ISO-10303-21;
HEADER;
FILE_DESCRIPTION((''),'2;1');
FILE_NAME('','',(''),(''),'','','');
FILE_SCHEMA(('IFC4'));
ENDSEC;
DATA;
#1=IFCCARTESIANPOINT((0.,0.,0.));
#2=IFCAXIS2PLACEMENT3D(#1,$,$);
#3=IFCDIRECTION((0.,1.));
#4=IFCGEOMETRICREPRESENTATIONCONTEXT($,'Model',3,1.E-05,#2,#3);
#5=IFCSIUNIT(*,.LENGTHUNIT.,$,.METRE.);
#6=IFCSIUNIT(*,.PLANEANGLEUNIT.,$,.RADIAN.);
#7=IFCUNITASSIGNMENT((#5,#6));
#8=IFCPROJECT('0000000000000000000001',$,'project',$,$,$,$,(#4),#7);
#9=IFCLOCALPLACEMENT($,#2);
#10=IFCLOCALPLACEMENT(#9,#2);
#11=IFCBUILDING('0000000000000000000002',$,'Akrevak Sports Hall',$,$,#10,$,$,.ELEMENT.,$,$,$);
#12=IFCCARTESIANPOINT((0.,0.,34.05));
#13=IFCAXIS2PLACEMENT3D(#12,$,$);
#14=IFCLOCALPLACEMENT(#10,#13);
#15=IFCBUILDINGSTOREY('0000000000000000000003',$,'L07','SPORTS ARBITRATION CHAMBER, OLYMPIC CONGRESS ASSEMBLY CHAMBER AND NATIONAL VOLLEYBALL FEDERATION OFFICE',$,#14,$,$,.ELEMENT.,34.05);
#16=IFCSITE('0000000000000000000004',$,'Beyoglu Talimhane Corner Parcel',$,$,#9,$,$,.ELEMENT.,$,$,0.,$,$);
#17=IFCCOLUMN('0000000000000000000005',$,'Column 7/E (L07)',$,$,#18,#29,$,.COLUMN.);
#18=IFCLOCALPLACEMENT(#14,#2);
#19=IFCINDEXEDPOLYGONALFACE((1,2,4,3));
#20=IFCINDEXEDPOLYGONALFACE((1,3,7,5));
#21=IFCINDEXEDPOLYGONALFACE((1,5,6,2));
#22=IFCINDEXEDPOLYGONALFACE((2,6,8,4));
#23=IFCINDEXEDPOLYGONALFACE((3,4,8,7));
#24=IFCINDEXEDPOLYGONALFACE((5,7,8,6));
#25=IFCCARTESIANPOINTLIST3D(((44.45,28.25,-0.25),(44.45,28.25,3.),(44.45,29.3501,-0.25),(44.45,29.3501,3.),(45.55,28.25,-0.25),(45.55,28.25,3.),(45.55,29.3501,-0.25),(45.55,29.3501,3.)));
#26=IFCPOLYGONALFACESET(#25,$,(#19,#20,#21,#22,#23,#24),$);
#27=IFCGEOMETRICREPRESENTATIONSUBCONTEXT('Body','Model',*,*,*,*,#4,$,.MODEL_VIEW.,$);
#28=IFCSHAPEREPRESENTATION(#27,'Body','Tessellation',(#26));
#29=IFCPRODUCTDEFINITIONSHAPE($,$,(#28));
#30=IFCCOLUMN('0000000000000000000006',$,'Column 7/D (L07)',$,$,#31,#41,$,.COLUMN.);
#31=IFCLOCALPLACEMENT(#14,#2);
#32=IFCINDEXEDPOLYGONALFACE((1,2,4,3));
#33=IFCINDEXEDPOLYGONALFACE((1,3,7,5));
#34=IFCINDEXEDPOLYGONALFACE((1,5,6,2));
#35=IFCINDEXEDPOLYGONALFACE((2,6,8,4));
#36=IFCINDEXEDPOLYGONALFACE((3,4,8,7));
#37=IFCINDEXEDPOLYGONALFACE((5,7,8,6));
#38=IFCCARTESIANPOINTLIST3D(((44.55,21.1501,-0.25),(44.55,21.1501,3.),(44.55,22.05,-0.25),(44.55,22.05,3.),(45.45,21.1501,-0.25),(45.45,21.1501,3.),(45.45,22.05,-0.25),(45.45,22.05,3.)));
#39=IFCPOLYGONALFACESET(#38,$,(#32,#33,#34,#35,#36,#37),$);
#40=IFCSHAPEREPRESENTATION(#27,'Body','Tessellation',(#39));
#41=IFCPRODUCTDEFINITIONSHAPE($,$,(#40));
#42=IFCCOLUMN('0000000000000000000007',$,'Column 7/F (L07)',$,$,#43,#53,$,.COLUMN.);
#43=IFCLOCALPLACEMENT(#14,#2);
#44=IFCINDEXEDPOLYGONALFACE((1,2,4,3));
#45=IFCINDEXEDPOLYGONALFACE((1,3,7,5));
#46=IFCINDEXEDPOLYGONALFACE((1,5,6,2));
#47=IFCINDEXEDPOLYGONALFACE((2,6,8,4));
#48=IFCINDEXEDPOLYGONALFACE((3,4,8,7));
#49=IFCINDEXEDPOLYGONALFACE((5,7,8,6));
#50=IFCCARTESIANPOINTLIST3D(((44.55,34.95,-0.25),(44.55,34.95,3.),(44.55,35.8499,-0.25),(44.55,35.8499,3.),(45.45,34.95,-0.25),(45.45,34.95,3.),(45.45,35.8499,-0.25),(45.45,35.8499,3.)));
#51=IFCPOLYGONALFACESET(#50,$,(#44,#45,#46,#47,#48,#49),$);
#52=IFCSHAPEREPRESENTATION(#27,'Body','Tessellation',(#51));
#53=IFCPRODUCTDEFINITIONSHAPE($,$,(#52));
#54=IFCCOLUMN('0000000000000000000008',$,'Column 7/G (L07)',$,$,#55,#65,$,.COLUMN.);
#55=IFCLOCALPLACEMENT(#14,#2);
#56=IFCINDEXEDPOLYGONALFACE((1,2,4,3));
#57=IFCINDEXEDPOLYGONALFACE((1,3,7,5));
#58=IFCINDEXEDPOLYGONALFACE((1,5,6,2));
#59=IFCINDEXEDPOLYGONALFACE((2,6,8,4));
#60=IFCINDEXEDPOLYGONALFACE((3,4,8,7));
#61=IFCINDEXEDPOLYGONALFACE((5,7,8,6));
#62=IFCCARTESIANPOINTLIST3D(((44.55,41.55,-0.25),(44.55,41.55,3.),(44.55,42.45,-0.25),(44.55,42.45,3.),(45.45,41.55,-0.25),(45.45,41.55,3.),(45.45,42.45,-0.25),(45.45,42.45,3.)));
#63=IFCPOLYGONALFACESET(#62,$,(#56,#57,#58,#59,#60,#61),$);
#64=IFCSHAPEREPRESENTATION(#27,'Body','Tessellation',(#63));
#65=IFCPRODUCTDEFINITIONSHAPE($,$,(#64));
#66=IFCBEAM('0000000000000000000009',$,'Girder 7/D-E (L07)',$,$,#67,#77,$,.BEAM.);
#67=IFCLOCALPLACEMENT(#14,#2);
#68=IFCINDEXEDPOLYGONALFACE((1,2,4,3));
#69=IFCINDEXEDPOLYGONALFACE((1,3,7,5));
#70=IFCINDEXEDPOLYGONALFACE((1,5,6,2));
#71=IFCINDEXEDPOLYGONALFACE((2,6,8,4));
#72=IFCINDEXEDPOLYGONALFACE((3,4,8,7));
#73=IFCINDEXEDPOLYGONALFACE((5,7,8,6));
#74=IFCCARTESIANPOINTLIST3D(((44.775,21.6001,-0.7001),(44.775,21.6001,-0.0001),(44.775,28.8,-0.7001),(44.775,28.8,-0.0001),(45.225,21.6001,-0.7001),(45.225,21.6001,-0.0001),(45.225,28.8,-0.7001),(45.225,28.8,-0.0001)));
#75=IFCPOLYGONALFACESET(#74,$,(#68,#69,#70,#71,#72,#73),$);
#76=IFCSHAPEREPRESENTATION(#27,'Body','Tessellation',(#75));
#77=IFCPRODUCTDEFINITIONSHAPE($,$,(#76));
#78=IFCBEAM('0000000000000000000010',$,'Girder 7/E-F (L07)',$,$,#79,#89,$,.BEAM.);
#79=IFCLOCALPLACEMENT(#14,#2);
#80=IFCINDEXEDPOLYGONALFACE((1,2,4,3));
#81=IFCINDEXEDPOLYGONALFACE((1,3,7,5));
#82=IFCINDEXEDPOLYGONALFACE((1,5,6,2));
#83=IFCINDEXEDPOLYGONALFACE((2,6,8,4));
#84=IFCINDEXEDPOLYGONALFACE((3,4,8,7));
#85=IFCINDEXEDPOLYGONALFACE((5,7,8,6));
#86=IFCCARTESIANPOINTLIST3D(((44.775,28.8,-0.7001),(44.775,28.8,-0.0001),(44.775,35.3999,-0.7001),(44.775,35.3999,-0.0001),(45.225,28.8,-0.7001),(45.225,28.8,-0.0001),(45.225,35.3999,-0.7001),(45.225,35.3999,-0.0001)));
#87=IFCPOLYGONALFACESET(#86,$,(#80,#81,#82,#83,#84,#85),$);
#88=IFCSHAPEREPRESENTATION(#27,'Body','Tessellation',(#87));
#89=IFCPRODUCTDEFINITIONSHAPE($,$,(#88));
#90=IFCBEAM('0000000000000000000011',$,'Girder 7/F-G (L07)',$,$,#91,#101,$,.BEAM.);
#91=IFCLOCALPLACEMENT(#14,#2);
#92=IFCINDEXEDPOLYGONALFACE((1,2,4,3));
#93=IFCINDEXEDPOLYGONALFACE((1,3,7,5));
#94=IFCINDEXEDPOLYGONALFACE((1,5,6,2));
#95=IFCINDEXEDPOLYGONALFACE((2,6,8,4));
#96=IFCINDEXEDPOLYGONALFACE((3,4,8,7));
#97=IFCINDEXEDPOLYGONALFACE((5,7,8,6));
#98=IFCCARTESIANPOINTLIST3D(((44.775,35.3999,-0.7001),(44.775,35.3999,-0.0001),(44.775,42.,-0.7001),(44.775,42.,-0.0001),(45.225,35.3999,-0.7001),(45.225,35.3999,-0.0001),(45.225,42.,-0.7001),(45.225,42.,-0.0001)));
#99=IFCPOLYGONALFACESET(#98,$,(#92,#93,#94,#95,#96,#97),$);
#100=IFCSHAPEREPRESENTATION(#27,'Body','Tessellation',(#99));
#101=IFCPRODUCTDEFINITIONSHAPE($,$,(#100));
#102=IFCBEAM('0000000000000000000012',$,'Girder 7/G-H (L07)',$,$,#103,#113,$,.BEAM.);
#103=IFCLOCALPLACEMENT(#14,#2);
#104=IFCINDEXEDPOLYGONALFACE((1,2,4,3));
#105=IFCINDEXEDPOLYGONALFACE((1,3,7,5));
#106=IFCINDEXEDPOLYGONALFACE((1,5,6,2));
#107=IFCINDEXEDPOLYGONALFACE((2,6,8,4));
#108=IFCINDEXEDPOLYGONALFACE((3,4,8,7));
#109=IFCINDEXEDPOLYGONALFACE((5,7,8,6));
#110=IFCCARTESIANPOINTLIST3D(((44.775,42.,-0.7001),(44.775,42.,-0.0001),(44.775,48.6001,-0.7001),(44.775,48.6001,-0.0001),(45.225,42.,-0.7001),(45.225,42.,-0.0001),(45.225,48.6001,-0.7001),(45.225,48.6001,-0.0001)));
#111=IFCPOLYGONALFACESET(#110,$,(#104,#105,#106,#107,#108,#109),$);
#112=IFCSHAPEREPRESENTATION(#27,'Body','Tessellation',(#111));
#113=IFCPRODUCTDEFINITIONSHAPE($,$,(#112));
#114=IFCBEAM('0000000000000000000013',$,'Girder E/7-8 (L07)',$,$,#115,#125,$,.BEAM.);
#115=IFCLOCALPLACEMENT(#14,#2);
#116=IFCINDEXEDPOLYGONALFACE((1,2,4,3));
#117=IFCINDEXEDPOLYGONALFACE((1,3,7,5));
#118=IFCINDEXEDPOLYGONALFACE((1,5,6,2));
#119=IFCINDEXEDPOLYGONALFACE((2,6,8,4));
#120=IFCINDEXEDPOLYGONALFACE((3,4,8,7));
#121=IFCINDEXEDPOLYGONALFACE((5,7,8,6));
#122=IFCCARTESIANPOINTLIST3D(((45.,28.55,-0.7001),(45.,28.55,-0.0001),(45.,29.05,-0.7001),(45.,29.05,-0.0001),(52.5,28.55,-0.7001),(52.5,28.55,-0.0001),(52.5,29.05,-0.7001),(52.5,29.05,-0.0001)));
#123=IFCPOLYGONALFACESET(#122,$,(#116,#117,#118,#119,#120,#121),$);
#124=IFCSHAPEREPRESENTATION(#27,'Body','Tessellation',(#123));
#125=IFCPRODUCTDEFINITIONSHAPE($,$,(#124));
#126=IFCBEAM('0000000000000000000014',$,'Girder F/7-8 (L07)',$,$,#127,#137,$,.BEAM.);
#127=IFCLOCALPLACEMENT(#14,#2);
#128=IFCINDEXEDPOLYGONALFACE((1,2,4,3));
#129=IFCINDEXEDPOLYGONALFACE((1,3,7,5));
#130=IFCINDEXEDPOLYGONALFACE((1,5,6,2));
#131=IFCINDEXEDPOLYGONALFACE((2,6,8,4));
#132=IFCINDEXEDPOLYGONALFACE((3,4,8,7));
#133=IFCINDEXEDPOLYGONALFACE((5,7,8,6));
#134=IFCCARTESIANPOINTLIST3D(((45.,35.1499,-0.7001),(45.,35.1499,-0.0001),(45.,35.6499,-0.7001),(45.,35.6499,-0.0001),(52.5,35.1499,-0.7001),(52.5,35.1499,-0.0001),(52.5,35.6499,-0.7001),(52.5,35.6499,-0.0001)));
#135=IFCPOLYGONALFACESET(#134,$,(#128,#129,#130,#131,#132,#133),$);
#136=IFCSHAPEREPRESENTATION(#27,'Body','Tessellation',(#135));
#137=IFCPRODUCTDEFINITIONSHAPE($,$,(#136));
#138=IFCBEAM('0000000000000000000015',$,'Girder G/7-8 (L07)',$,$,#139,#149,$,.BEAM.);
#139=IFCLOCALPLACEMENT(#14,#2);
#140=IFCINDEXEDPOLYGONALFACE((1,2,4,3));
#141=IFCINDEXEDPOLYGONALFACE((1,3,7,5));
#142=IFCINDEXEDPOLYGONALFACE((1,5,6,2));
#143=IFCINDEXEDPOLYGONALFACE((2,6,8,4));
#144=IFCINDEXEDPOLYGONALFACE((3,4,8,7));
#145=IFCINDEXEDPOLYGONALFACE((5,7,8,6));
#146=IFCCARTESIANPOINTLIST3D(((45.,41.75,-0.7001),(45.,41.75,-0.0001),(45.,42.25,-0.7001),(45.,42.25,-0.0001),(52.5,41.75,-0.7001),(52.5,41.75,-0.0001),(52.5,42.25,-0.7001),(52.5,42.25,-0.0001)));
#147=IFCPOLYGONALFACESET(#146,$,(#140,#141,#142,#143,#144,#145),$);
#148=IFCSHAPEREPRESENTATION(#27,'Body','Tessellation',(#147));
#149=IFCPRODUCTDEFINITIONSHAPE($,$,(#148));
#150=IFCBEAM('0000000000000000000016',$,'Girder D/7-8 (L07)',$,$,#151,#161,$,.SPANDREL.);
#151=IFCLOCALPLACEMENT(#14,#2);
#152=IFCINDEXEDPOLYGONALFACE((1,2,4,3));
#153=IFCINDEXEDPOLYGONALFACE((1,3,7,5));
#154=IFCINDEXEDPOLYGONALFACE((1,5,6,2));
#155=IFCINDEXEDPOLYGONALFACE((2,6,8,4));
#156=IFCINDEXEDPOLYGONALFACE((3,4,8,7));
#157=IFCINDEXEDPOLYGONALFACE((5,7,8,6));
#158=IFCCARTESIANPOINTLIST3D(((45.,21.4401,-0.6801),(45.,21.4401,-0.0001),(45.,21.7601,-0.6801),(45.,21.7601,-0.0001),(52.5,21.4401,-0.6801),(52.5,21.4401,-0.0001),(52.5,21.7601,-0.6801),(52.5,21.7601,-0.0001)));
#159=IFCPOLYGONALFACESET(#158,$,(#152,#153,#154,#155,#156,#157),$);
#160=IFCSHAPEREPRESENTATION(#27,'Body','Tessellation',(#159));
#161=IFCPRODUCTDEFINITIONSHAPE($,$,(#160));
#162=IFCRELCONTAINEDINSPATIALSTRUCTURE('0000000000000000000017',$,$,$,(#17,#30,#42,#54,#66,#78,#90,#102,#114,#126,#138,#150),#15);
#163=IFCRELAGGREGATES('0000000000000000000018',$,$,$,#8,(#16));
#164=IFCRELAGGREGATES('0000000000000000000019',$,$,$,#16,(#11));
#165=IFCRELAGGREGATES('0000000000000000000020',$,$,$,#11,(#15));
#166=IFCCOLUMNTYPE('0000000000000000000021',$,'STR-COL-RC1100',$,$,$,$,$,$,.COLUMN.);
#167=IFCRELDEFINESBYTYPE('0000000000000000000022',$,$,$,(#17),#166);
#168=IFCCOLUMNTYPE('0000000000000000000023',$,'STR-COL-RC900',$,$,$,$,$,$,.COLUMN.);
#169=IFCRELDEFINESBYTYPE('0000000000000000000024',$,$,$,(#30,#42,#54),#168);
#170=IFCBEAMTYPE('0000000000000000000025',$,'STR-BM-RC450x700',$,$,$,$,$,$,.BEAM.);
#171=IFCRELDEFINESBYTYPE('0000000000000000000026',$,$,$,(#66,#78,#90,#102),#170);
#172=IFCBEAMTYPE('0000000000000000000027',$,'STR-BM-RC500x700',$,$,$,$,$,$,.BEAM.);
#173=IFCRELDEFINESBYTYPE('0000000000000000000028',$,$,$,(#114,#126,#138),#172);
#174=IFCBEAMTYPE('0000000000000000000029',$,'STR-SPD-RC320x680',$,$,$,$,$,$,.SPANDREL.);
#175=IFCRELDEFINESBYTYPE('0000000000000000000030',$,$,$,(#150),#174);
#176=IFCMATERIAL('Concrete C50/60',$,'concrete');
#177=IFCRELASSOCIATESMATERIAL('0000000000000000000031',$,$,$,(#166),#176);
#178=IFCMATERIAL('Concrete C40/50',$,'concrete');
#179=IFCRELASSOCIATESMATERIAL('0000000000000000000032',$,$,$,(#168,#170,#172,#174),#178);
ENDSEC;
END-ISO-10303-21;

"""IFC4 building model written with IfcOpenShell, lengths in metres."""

from ifc_helpers import new_model, si_unit, direction, frame, origin, origin_2d, place, context, subcontext, project, spatial, rectangle, extrude, material, material_profile, profile_set, type_object, element, save


model = new_model("IFC4")

# Units and contexts
model_context = context("Model", 3, precision=1e-05, world=origin(), true_north=direction((0.0, 1.0)))
body_context = subcontext(model_context, "Body", "Model", "MODEL_VIEW")
ifc_project = project(units=[si_unit("LENGTHUNIT", "METRE"), si_unit("PLANEANGLEUNIT", "RADIAN")], contexts=[model_context])

# Site, building, storey
site_placement = place(None, origin())
site = spatial("IfcSite", under=ifc_project, at=site_placement, Name="Beyoglu Talimhane Corner Parcel", CompositionType="ELEMENT", RefElevation=0.0)
building_placement = place(site_placement, origin())
building = spatial("IfcBuilding", under=site, at=building_placement, Name="Akrevak Sports Hall", CompositionType="ELEMENT")
storey_placement = place(building_placement, frame((0.0, 0.0, 34.05)))
storey = spatial("IfcBuildingStorey", under=building, at=storey_placement, Name="L07", Description="SPORTS ARBITRATION CHAMBER, OLYMPIC CONGRESS ASSEMBLY CHAMBER AND NATIONAL VOLLEYBALL FEDERATION OFFICE", CompositionType="ELEMENT", Elevation=34.05)

# Columns
ifc_material_1 = material(Name="Concrete C50/60", Category="concrete")
ifc_material_profile_1 = material_profile(ifc_material_1, rectangle(XDim=1.1001, YDim=1.1001, at=origin_2d()), Name="RC 1100x1100", Category="concrete")
ifc_profile_set_1 = profile_set([ifc_material_profile_1], Name="Concrete C50/60")
column_type_1 = type_object("IfcColumnType", Name="STR-COL-RC1100", PredefinedType="COLUMN", material=ifc_profile_set_1)
column_placement = place(storey_placement, frame((45.0, 28.8, -0.25), z_axis=(0.0, 0.0, 1.0), x_axis=(1.0, 0.0, 0.0)))
element("IfcColumn", 1, at=column_placement, inside=storey, type_object=column_type_1, Name="Column 7/E (L07)", PredefinedType="COLUMN", context=body_context, shape_type="SweptSolid", body=[
    extrude(rectangle(XDim=1.1001, YDim=1.1001, at=origin_2d()), origin(), (0.0, 0.0, 1.0), 3.25),
])
ifc_material_2 = material(Name="Concrete C40/50", Category="concrete")
ifc_material_profile_2 = material_profile(ifc_material_2, rectangle(XDim=0.8999, YDim=0.8999, at=origin_2d()), Name="RC 900x900", Category="concrete")
ifc_profile_set_2 = profile_set([ifc_material_profile_2], Name="Concrete C40/50")
column_type_2 = type_object("IfcColumnType", Name="STR-COL-RC900", PredefinedType="COLUMN", material=ifc_profile_set_2)
for number, where, z_axis, x_axis, name in (
    (2, (45.0, 21.6001, -0.25), (0.0, 0.0, 1.0), (1.0, 0.0, 0.0), "Column 7/D (L07)"),
    (3, (45.0, 35.3999, -0.25), (0.0, 0.0, 1.0), (1.0, 0.0, 0.0), "Column 7/F (L07)"),
    (4, (45.0, 42.0, -0.25), (0.0, 0.0, 1.0), (1.0, 0.0, 0.0), "Column 7/G (L07)"),
):
    element("IfcColumn", number, at=place(storey_placement, frame(where, z_axis=z_axis, x_axis=x_axis)), inside=storey, type_object=column_type_2, Name=name, PredefinedType="COLUMN", context=body_context, shape_type="SweptSolid", body=[
        extrude(rectangle(XDim=0.8999, YDim=0.8999, at=origin_2d()), origin(), (0.0, 0.0, 1.0), 3.25),
    ])

# Beams
ifc_material_profile_3 = material_profile(ifc_material_2, rectangle(XDim=0.45, YDim=0.7, at=origin_2d()), Name="BM 450x700", Category="concrete")
ifc_profile_set_3 = profile_set([ifc_material_profile_3], Name="Concrete C40/50")
beam_type_1 = type_object("IfcBeamType", Name="STR-BM-RC450x700", PredefinedType="BEAM", material=ifc_profile_set_3)
beam_1_placement = place(storey_placement, frame((45.0, 21.6001, -0.3501), z_axis=(0.0, 1.0, 0.0), x_axis=(-1.0, 0.0, 0.0)))
element("IfcBeam", 5, at=beam_1_placement, inside=storey, type_object=beam_type_1, Name="Girder 7/D-E (L07)", PredefinedType="BEAM", context=body_context, shape_type="SweptSolid", body=[
    extrude(rectangle(XDim=0.45, YDim=0.7, at=origin_2d()), origin(), (0.0, 0.0, 1.0), 7.2),
])
beam_2_placement = place(storey_placement, frame((45.0, 28.8, -0.3501), z_axis=(0.0, 1.0, 0.0), x_axis=(-1.0, 0.0, 0.0)))
element("IfcBeam", 6, at=beam_2_placement, inside=storey, type_object=beam_type_1, Name="Girder 7/E-F (L07)", PredefinedType="BEAM", context=body_context, shape_type="SweptSolid", body=[
    extrude(rectangle(XDim=0.45, YDim=0.7, at=origin_2d()), origin(), (0.0, 0.0, 1.0), 6.5999),
])
for number, where, z_axis, x_axis, name in (
    (7, (45.0, 35.3999, -0.3501), (0.0, 1.0, 0.0), (-1.0, 0.0, 0.0), "Girder 7/F-G (L07)"),
    (8, (45.0, 42.0, -0.3501), (0.0, 1.0, 0.0), (-1.0, 0.0, 0.0), "Girder 7/G-H (L07)"),
):
    element("IfcBeam", number, at=place(storey_placement, frame(where, z_axis=z_axis, x_axis=x_axis)), inside=storey, type_object=beam_type_1, Name=name, PredefinedType="BEAM", context=body_context, shape_type="SweptSolid", body=[
        extrude(rectangle(XDim=0.45, YDim=0.7, at=origin_2d()), origin(), (0.0, 0.0, 1.0), 6.6001),
    ])
ifc_material_profile_4 = material_profile(ifc_material_2, rectangle(XDim=0.5, YDim=0.7, at=origin_2d()), Name="BM 500x700", Category="concrete")
ifc_profile_set_4 = profile_set([ifc_material_profile_4], Name="Concrete C40/50")
beam_type_2 = type_object("IfcBeamType", Name="STR-BM-RC500x700", PredefinedType="BEAM", material=ifc_profile_set_4)
for number, where, z_axis, x_axis, name in (
    (9, (45.0, 28.8, -0.3501), (1.0, 0.0, 0.0), (0.0, 1.0, 0.0), "Girder E/7-8 (L07)"),
    (10, (45.0, 35.3999, -0.3501), (1.0, 0.0, 0.0), (0.0, 1.0, 0.0), "Girder F/7-8 (L07)"),
    (11, (45.0, 42.0, -0.3501), (1.0, 0.0, 0.0), (0.0, 1.0, 0.0), "Girder G/7-8 (L07)"),
):
    element("IfcBeam", number, at=place(storey_placement, frame(where, z_axis=z_axis, x_axis=x_axis)), inside=storey, type_object=beam_type_2, Name=name, PredefinedType="BEAM", context=body_context, shape_type="SweptSolid", body=[
        extrude(rectangle(XDim=0.5, YDim=0.7, at=origin_2d()), origin(), (0.0, 0.0, 1.0), 7.5),
    ])
ifc_material_profile_5 = material_profile(ifc_material_2, rectangle(XDim=0.3201, YDim=0.6799, at=origin_2d()), Name="SPD 320x680", Category="concrete")
ifc_profile_set_5 = profile_set([ifc_material_profile_5], Name="Concrete C40/50")
beam_type_3 = type_object("IfcBeamType", Name="STR-SPD-RC320x680", PredefinedType="SPANDREL", material=ifc_profile_set_5)
beam_3_placement = place(storey_placement, frame((45.0, 21.6001, -0.3401), z_axis=(1.0, 0.0, 0.0), x_axis=(0.0, 1.0, 0.0)))
element("IfcBeam", 12, at=beam_3_placement, inside=storey, type_object=beam_type_3, Name="Girder D/7-8 (L07)", PredefinedType="SPANDREL", context=body_context, shape_type="SweptSolid", body=[
    extrude(rectangle(XDim=0.3201, YDim=0.6799, at=origin_2d()), origin(), (0.0, 0.0, 1.0), 7.5),
])

save(model, "model.ifc")
